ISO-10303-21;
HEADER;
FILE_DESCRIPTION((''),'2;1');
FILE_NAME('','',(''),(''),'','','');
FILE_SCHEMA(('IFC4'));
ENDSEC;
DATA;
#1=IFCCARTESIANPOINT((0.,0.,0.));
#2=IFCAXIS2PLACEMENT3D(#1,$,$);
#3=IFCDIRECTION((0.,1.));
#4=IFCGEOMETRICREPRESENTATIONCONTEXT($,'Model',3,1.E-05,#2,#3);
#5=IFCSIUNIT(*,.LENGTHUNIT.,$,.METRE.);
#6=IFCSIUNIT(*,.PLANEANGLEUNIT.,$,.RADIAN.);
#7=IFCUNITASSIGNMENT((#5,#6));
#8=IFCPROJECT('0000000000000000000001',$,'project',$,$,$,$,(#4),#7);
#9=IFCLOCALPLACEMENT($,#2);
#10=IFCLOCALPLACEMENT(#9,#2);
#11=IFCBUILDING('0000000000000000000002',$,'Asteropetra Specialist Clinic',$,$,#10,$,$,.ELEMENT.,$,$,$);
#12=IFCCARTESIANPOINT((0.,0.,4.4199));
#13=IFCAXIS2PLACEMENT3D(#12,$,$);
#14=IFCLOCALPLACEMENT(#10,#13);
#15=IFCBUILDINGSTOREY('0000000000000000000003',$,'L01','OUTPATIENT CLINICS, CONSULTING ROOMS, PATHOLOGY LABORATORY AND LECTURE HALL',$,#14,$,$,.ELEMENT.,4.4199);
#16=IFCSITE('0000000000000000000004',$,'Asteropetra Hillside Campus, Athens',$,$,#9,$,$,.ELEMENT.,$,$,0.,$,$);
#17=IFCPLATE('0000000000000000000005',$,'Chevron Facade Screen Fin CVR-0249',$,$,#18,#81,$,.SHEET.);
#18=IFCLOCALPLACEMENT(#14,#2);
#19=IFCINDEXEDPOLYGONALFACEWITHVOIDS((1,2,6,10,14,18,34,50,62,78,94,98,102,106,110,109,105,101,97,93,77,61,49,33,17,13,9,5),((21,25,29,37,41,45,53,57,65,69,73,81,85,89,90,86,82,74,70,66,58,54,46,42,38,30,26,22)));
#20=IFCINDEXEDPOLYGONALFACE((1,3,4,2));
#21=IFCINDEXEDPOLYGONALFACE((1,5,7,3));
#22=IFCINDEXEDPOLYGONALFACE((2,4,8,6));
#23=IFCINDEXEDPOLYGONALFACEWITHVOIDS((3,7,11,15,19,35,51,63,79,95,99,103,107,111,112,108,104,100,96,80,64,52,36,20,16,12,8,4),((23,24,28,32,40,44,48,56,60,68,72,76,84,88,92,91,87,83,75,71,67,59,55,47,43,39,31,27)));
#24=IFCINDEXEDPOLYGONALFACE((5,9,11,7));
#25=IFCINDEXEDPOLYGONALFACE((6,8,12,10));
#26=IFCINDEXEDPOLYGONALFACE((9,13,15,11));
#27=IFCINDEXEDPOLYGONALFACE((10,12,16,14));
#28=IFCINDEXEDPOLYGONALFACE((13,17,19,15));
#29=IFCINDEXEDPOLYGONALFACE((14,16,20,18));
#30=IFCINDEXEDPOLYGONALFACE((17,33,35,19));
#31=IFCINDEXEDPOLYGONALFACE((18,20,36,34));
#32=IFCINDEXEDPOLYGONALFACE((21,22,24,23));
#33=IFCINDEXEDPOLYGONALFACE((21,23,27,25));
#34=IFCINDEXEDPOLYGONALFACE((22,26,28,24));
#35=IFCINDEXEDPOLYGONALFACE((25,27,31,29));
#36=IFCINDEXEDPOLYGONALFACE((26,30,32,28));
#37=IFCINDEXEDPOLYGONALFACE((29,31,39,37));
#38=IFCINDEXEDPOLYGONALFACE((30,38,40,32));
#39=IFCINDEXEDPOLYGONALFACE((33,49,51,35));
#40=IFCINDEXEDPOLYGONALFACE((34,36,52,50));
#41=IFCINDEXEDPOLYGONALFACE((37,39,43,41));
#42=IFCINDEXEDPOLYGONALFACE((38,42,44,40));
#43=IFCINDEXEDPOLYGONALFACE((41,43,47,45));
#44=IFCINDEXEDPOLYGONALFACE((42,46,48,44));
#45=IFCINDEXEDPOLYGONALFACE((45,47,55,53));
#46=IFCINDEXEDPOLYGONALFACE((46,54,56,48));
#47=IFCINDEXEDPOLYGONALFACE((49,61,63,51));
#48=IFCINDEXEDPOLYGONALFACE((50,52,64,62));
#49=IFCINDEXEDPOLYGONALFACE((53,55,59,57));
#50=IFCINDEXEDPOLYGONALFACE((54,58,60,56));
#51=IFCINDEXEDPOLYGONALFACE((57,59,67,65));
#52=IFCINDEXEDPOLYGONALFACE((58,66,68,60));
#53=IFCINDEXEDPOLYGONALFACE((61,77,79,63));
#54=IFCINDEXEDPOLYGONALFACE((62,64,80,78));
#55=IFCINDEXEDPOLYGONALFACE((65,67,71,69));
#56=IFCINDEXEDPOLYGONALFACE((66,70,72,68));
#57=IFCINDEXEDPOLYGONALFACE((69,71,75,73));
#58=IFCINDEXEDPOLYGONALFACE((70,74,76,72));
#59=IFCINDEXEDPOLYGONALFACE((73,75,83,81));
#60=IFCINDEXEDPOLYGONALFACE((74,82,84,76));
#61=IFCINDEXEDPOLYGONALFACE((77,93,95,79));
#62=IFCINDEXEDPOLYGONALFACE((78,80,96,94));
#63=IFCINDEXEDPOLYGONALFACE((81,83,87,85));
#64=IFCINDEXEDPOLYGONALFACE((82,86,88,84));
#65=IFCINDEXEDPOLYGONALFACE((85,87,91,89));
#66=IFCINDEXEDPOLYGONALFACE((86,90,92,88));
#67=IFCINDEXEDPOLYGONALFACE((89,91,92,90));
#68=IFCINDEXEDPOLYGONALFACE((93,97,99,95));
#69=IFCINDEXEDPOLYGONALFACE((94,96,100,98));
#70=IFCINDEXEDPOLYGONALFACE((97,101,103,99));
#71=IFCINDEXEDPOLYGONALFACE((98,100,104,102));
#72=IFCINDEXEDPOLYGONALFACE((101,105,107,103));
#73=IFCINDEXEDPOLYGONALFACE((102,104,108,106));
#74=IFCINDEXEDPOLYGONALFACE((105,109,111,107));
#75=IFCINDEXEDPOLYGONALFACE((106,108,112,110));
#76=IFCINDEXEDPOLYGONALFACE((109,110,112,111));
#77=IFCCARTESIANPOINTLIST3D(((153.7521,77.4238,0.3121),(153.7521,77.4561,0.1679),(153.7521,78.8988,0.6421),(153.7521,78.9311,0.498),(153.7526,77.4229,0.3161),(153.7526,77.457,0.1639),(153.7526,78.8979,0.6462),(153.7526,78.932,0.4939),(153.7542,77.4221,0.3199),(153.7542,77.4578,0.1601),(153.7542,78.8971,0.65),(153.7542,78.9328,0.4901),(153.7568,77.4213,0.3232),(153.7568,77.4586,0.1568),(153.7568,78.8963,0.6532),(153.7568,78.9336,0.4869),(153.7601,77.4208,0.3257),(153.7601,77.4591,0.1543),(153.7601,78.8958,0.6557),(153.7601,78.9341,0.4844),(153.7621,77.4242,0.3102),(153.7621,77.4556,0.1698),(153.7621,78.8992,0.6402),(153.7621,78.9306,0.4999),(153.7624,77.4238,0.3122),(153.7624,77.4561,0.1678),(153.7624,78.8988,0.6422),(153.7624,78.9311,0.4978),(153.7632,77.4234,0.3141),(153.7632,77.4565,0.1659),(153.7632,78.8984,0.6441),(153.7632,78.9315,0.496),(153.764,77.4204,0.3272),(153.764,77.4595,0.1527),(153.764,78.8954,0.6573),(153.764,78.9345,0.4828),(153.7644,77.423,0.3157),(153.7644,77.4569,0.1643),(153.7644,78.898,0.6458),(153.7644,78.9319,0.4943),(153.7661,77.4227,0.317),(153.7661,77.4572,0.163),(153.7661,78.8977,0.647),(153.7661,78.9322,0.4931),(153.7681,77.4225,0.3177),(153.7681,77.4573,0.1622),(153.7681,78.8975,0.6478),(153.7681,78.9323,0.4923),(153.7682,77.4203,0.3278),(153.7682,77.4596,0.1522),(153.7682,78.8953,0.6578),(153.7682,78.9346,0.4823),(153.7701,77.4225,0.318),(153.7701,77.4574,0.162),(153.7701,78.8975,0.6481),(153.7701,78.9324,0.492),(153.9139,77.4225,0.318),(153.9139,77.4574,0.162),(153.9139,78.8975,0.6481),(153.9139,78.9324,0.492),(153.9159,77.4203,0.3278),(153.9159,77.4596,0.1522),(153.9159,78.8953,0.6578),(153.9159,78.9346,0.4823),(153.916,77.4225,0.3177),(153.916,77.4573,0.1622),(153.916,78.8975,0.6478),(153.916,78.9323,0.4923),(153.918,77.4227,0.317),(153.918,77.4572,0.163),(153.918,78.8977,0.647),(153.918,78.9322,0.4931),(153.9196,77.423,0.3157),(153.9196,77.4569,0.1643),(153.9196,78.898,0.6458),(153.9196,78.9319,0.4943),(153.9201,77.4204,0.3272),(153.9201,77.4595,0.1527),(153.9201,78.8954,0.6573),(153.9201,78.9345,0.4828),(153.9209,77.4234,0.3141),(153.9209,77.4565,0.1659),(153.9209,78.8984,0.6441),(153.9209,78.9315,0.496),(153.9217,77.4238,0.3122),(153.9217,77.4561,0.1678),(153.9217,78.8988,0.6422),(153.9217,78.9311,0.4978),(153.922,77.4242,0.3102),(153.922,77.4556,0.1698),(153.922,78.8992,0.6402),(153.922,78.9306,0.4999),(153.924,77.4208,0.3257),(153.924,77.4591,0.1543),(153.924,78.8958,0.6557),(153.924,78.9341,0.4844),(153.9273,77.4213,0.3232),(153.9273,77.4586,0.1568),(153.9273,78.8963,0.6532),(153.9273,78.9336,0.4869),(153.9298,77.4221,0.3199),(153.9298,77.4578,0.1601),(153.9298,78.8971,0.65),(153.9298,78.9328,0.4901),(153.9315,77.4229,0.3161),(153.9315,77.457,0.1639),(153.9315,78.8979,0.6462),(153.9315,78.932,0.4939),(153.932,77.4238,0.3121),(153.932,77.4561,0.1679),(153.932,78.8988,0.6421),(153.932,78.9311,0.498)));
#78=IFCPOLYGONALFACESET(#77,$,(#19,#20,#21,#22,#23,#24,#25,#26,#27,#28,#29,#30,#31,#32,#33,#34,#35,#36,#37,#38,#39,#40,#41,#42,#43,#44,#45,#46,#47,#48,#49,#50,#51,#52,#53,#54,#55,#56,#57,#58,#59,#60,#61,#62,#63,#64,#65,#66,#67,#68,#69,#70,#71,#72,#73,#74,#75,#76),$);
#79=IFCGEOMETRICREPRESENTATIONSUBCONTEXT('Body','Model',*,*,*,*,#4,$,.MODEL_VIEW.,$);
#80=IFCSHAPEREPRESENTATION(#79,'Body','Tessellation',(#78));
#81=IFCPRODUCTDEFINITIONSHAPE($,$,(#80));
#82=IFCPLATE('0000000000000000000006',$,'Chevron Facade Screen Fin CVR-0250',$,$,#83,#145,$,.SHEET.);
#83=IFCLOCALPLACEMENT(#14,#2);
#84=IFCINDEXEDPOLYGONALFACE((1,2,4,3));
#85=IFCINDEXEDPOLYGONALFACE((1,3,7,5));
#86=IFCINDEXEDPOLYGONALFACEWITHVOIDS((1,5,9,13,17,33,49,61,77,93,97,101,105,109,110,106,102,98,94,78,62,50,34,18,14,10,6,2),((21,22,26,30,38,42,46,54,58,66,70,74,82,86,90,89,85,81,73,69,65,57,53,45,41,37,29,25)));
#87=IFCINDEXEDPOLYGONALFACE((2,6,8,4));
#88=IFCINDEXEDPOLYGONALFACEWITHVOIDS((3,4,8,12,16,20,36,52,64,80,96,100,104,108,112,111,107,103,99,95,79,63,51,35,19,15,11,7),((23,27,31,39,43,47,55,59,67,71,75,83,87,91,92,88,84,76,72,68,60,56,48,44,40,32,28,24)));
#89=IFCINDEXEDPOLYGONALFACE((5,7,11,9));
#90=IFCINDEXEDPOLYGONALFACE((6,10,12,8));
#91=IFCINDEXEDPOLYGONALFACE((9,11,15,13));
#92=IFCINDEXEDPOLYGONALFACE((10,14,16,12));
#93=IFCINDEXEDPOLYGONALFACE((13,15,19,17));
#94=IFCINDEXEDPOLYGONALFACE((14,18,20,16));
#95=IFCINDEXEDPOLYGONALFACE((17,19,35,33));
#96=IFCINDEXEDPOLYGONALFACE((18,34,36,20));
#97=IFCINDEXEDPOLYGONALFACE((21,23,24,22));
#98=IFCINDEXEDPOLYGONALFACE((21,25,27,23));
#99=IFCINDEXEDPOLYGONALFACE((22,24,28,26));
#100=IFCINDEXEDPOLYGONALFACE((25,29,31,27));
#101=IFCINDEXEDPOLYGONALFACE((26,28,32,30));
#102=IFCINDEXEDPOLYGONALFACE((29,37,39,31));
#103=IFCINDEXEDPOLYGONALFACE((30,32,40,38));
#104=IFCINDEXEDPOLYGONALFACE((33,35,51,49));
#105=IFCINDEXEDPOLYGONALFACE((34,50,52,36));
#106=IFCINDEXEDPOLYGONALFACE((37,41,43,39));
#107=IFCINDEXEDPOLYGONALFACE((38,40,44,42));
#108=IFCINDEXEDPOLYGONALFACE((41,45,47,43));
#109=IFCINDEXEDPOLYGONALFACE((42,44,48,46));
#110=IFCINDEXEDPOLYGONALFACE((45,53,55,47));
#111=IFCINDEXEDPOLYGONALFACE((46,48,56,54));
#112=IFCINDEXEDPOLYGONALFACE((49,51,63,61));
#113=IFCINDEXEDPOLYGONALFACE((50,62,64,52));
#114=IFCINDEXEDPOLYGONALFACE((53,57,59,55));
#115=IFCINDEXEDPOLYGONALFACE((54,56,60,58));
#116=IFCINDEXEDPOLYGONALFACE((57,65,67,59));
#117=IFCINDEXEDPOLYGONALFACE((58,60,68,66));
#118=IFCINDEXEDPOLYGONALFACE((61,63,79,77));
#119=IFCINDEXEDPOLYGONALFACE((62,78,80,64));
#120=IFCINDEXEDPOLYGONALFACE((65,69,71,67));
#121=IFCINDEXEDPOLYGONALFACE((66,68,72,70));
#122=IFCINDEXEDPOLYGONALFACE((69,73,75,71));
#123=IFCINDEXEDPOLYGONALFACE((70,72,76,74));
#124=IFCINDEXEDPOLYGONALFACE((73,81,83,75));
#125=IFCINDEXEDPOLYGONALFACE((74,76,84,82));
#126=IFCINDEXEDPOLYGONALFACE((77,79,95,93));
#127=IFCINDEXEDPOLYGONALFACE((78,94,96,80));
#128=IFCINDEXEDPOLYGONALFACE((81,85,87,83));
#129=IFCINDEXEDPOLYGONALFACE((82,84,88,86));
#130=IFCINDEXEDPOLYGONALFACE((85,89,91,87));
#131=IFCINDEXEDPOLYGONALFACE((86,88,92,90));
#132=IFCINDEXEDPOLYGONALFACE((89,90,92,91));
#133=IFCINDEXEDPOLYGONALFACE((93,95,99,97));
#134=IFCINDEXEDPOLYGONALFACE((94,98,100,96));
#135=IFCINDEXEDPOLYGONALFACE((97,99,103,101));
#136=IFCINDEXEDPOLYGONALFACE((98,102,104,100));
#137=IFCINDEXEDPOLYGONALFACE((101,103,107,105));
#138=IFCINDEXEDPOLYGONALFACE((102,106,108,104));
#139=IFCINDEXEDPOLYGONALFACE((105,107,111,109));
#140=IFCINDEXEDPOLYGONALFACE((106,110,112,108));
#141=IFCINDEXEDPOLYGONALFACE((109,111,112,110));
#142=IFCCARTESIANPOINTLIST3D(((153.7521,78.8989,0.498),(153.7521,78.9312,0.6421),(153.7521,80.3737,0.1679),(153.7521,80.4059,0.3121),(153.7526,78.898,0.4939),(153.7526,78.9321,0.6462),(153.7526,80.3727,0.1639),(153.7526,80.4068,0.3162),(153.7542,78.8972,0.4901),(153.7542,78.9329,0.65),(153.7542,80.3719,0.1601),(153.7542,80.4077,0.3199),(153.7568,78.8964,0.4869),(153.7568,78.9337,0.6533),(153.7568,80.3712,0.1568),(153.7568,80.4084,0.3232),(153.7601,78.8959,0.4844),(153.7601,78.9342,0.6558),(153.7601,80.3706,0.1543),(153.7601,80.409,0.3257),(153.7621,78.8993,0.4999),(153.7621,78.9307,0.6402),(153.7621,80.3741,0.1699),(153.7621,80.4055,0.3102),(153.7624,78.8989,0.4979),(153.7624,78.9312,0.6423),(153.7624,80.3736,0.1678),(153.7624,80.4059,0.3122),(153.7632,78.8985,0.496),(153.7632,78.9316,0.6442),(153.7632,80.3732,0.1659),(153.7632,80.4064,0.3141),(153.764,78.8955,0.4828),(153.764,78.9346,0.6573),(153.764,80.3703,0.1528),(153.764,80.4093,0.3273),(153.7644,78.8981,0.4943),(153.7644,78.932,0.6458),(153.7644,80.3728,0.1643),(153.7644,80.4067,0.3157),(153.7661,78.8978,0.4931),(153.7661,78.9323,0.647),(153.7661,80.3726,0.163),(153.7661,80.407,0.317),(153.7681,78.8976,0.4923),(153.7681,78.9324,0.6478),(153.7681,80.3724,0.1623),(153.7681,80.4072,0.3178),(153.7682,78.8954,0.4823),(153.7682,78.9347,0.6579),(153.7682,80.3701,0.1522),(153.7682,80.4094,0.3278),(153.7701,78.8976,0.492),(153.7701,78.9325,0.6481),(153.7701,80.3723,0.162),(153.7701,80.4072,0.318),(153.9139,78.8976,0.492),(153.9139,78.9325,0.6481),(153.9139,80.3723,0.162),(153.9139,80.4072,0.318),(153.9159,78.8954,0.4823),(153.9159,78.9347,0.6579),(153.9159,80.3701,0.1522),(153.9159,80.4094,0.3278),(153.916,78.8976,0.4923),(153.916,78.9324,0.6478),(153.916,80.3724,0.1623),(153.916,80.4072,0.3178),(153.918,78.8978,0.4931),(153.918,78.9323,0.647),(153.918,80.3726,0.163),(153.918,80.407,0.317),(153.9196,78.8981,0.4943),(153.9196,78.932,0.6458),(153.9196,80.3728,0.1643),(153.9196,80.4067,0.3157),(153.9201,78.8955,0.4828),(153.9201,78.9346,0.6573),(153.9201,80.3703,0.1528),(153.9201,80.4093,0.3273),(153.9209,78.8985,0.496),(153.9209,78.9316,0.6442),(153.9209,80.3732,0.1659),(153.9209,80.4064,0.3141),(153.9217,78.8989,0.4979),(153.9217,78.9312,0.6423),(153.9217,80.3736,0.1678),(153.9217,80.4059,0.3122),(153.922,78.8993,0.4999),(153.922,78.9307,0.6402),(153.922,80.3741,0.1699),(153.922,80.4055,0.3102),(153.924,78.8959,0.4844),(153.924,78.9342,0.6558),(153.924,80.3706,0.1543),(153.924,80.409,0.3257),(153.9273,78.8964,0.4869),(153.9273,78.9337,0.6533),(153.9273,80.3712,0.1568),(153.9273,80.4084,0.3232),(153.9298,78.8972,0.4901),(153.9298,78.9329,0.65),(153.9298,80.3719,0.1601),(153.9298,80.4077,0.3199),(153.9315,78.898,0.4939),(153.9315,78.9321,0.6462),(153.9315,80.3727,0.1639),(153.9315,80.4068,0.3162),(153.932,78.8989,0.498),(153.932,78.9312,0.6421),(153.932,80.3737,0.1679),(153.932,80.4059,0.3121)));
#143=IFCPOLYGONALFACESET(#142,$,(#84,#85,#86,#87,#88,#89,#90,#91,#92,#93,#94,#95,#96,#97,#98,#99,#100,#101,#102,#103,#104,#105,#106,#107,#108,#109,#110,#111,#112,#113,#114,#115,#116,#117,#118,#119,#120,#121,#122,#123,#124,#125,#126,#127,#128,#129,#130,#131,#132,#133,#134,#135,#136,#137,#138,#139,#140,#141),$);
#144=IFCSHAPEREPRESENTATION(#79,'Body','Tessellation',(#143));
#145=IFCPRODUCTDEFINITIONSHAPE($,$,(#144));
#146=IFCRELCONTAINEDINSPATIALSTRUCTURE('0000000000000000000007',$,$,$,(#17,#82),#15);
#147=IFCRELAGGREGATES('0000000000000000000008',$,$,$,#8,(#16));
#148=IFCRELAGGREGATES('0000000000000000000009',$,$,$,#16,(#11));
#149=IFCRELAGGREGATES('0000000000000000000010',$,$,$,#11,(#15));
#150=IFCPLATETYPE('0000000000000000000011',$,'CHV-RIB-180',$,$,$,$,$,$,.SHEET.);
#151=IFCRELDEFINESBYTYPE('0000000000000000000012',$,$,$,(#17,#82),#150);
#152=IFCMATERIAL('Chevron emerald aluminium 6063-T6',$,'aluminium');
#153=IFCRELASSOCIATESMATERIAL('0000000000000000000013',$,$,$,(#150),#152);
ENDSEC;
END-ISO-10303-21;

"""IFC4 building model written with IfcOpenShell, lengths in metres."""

from ifc_helpers import new_model, si_unit, direction, frame, origin, origin_2d, place, context, subcontext, project, spatial, hollow_rectangle, extrude, material, material_profile, profile_set, type_object, element, save


model = new_model("IFC4")

# Units and contexts
model_context = context("Model", 3, precision=1e-05, world=origin(), true_north=direction((0.0, 1.0)))
body_context = subcontext(model_context, "Body", "Model", "MODEL_VIEW")
ifc_project = project(units=[si_unit("LENGTHUNIT", "METRE"), si_unit("PLANEANGLEUNIT", "RADIAN")], contexts=[model_context])

# Site, building, storey
site_placement = place(None, origin())
site = spatial("IfcSite", under=ifc_project, at=site_placement, Name="Asteropetra Hillside Campus, Athens", CompositionType="ELEMENT", RefElevation=0.0)
building_placement = place(site_placement, origin())
building = spatial("IfcBuilding", under=site, at=building_placement, Name="Asteropetra Specialist Clinic", CompositionType="ELEMENT")
storey_placement = place(building_placement, frame((0.0, 0.0, 4.4199)))
storey = spatial("IfcBuildingStorey", under=building, at=storey_placement, Name="L01", Description="OUTPATIENT CLINICS, CONSULTING ROOMS, PATHOLOGY LABORATORY AND LECTURE HALL", CompositionType="ELEMENT", Elevation=4.4199)

# Plates
ifc_material_1 = material(Name="Chevron emerald aluminium 6063-T6", Category="aluminium")
ifc_material_profile = material_profile(ifc_material_1, hollow_rectangle(XDim=0.1799, YDim=0.1799, WallThickness=0.01, InnerFilletRadius=0.0081, OuterFilletRadius=0.0161, at=origin_2d()), Name="SHS 180x180x10.0")
ifc_profile_set = profile_set([ifc_material_profile], Name="Chevron emerald aluminium 6063-T6")
plate_type = type_object("IfcPlateType", Name="CHV-RIB-180", PredefinedType="SHEET", material=ifc_profile_set)
plate_1_placement = place(storey_placement, frame((153.842, 77.4399, 0.24), z_axis=(0.0, 0.975867, 0.218367), x_axis=(-1.0, 0.0, 0.0)))
element("IfcPlate", 1, at=plate_1_placement, inside=storey, type_object=plate_type, Name="Chevron Facade Screen Fin CVR-0249", PredefinedType="SHEET", context=body_context, shape_type="SweptSolid", body=[
    extrude(hollow_rectangle(XDim=0.1799, YDim=0.1799, WallThickness=0.01, InnerFilletRadius=0.0081, OuterFilletRadius=0.0161, at=origin_2d()), origin(), (0.0, 0.0, 1.0), 1.5115),
])
plate_2_placement = place(storey_placement, frame((153.842, 78.915, 0.5701), z_axis=(0.0, 0.975859, -0.218401), x_axis=(-1.0, 0.0, 0.0)))
element("IfcPlate", 2, at=plate_2_placement, inside=storey, type_object=plate_type, Name="Chevron Facade Screen Fin CVR-0250", PredefinedType="SHEET", context=body_context, shape_type="SweptSolid", body=[
    extrude(hollow_rectangle(XDim=0.1799, YDim=0.1799, WallThickness=0.01, InnerFilletRadius=0.0081, OuterFilletRadius=0.0161, at=origin_2d()), origin(), (0.0, 0.0, 1.0), 1.5112),
])

save(model, "model.ifc")
